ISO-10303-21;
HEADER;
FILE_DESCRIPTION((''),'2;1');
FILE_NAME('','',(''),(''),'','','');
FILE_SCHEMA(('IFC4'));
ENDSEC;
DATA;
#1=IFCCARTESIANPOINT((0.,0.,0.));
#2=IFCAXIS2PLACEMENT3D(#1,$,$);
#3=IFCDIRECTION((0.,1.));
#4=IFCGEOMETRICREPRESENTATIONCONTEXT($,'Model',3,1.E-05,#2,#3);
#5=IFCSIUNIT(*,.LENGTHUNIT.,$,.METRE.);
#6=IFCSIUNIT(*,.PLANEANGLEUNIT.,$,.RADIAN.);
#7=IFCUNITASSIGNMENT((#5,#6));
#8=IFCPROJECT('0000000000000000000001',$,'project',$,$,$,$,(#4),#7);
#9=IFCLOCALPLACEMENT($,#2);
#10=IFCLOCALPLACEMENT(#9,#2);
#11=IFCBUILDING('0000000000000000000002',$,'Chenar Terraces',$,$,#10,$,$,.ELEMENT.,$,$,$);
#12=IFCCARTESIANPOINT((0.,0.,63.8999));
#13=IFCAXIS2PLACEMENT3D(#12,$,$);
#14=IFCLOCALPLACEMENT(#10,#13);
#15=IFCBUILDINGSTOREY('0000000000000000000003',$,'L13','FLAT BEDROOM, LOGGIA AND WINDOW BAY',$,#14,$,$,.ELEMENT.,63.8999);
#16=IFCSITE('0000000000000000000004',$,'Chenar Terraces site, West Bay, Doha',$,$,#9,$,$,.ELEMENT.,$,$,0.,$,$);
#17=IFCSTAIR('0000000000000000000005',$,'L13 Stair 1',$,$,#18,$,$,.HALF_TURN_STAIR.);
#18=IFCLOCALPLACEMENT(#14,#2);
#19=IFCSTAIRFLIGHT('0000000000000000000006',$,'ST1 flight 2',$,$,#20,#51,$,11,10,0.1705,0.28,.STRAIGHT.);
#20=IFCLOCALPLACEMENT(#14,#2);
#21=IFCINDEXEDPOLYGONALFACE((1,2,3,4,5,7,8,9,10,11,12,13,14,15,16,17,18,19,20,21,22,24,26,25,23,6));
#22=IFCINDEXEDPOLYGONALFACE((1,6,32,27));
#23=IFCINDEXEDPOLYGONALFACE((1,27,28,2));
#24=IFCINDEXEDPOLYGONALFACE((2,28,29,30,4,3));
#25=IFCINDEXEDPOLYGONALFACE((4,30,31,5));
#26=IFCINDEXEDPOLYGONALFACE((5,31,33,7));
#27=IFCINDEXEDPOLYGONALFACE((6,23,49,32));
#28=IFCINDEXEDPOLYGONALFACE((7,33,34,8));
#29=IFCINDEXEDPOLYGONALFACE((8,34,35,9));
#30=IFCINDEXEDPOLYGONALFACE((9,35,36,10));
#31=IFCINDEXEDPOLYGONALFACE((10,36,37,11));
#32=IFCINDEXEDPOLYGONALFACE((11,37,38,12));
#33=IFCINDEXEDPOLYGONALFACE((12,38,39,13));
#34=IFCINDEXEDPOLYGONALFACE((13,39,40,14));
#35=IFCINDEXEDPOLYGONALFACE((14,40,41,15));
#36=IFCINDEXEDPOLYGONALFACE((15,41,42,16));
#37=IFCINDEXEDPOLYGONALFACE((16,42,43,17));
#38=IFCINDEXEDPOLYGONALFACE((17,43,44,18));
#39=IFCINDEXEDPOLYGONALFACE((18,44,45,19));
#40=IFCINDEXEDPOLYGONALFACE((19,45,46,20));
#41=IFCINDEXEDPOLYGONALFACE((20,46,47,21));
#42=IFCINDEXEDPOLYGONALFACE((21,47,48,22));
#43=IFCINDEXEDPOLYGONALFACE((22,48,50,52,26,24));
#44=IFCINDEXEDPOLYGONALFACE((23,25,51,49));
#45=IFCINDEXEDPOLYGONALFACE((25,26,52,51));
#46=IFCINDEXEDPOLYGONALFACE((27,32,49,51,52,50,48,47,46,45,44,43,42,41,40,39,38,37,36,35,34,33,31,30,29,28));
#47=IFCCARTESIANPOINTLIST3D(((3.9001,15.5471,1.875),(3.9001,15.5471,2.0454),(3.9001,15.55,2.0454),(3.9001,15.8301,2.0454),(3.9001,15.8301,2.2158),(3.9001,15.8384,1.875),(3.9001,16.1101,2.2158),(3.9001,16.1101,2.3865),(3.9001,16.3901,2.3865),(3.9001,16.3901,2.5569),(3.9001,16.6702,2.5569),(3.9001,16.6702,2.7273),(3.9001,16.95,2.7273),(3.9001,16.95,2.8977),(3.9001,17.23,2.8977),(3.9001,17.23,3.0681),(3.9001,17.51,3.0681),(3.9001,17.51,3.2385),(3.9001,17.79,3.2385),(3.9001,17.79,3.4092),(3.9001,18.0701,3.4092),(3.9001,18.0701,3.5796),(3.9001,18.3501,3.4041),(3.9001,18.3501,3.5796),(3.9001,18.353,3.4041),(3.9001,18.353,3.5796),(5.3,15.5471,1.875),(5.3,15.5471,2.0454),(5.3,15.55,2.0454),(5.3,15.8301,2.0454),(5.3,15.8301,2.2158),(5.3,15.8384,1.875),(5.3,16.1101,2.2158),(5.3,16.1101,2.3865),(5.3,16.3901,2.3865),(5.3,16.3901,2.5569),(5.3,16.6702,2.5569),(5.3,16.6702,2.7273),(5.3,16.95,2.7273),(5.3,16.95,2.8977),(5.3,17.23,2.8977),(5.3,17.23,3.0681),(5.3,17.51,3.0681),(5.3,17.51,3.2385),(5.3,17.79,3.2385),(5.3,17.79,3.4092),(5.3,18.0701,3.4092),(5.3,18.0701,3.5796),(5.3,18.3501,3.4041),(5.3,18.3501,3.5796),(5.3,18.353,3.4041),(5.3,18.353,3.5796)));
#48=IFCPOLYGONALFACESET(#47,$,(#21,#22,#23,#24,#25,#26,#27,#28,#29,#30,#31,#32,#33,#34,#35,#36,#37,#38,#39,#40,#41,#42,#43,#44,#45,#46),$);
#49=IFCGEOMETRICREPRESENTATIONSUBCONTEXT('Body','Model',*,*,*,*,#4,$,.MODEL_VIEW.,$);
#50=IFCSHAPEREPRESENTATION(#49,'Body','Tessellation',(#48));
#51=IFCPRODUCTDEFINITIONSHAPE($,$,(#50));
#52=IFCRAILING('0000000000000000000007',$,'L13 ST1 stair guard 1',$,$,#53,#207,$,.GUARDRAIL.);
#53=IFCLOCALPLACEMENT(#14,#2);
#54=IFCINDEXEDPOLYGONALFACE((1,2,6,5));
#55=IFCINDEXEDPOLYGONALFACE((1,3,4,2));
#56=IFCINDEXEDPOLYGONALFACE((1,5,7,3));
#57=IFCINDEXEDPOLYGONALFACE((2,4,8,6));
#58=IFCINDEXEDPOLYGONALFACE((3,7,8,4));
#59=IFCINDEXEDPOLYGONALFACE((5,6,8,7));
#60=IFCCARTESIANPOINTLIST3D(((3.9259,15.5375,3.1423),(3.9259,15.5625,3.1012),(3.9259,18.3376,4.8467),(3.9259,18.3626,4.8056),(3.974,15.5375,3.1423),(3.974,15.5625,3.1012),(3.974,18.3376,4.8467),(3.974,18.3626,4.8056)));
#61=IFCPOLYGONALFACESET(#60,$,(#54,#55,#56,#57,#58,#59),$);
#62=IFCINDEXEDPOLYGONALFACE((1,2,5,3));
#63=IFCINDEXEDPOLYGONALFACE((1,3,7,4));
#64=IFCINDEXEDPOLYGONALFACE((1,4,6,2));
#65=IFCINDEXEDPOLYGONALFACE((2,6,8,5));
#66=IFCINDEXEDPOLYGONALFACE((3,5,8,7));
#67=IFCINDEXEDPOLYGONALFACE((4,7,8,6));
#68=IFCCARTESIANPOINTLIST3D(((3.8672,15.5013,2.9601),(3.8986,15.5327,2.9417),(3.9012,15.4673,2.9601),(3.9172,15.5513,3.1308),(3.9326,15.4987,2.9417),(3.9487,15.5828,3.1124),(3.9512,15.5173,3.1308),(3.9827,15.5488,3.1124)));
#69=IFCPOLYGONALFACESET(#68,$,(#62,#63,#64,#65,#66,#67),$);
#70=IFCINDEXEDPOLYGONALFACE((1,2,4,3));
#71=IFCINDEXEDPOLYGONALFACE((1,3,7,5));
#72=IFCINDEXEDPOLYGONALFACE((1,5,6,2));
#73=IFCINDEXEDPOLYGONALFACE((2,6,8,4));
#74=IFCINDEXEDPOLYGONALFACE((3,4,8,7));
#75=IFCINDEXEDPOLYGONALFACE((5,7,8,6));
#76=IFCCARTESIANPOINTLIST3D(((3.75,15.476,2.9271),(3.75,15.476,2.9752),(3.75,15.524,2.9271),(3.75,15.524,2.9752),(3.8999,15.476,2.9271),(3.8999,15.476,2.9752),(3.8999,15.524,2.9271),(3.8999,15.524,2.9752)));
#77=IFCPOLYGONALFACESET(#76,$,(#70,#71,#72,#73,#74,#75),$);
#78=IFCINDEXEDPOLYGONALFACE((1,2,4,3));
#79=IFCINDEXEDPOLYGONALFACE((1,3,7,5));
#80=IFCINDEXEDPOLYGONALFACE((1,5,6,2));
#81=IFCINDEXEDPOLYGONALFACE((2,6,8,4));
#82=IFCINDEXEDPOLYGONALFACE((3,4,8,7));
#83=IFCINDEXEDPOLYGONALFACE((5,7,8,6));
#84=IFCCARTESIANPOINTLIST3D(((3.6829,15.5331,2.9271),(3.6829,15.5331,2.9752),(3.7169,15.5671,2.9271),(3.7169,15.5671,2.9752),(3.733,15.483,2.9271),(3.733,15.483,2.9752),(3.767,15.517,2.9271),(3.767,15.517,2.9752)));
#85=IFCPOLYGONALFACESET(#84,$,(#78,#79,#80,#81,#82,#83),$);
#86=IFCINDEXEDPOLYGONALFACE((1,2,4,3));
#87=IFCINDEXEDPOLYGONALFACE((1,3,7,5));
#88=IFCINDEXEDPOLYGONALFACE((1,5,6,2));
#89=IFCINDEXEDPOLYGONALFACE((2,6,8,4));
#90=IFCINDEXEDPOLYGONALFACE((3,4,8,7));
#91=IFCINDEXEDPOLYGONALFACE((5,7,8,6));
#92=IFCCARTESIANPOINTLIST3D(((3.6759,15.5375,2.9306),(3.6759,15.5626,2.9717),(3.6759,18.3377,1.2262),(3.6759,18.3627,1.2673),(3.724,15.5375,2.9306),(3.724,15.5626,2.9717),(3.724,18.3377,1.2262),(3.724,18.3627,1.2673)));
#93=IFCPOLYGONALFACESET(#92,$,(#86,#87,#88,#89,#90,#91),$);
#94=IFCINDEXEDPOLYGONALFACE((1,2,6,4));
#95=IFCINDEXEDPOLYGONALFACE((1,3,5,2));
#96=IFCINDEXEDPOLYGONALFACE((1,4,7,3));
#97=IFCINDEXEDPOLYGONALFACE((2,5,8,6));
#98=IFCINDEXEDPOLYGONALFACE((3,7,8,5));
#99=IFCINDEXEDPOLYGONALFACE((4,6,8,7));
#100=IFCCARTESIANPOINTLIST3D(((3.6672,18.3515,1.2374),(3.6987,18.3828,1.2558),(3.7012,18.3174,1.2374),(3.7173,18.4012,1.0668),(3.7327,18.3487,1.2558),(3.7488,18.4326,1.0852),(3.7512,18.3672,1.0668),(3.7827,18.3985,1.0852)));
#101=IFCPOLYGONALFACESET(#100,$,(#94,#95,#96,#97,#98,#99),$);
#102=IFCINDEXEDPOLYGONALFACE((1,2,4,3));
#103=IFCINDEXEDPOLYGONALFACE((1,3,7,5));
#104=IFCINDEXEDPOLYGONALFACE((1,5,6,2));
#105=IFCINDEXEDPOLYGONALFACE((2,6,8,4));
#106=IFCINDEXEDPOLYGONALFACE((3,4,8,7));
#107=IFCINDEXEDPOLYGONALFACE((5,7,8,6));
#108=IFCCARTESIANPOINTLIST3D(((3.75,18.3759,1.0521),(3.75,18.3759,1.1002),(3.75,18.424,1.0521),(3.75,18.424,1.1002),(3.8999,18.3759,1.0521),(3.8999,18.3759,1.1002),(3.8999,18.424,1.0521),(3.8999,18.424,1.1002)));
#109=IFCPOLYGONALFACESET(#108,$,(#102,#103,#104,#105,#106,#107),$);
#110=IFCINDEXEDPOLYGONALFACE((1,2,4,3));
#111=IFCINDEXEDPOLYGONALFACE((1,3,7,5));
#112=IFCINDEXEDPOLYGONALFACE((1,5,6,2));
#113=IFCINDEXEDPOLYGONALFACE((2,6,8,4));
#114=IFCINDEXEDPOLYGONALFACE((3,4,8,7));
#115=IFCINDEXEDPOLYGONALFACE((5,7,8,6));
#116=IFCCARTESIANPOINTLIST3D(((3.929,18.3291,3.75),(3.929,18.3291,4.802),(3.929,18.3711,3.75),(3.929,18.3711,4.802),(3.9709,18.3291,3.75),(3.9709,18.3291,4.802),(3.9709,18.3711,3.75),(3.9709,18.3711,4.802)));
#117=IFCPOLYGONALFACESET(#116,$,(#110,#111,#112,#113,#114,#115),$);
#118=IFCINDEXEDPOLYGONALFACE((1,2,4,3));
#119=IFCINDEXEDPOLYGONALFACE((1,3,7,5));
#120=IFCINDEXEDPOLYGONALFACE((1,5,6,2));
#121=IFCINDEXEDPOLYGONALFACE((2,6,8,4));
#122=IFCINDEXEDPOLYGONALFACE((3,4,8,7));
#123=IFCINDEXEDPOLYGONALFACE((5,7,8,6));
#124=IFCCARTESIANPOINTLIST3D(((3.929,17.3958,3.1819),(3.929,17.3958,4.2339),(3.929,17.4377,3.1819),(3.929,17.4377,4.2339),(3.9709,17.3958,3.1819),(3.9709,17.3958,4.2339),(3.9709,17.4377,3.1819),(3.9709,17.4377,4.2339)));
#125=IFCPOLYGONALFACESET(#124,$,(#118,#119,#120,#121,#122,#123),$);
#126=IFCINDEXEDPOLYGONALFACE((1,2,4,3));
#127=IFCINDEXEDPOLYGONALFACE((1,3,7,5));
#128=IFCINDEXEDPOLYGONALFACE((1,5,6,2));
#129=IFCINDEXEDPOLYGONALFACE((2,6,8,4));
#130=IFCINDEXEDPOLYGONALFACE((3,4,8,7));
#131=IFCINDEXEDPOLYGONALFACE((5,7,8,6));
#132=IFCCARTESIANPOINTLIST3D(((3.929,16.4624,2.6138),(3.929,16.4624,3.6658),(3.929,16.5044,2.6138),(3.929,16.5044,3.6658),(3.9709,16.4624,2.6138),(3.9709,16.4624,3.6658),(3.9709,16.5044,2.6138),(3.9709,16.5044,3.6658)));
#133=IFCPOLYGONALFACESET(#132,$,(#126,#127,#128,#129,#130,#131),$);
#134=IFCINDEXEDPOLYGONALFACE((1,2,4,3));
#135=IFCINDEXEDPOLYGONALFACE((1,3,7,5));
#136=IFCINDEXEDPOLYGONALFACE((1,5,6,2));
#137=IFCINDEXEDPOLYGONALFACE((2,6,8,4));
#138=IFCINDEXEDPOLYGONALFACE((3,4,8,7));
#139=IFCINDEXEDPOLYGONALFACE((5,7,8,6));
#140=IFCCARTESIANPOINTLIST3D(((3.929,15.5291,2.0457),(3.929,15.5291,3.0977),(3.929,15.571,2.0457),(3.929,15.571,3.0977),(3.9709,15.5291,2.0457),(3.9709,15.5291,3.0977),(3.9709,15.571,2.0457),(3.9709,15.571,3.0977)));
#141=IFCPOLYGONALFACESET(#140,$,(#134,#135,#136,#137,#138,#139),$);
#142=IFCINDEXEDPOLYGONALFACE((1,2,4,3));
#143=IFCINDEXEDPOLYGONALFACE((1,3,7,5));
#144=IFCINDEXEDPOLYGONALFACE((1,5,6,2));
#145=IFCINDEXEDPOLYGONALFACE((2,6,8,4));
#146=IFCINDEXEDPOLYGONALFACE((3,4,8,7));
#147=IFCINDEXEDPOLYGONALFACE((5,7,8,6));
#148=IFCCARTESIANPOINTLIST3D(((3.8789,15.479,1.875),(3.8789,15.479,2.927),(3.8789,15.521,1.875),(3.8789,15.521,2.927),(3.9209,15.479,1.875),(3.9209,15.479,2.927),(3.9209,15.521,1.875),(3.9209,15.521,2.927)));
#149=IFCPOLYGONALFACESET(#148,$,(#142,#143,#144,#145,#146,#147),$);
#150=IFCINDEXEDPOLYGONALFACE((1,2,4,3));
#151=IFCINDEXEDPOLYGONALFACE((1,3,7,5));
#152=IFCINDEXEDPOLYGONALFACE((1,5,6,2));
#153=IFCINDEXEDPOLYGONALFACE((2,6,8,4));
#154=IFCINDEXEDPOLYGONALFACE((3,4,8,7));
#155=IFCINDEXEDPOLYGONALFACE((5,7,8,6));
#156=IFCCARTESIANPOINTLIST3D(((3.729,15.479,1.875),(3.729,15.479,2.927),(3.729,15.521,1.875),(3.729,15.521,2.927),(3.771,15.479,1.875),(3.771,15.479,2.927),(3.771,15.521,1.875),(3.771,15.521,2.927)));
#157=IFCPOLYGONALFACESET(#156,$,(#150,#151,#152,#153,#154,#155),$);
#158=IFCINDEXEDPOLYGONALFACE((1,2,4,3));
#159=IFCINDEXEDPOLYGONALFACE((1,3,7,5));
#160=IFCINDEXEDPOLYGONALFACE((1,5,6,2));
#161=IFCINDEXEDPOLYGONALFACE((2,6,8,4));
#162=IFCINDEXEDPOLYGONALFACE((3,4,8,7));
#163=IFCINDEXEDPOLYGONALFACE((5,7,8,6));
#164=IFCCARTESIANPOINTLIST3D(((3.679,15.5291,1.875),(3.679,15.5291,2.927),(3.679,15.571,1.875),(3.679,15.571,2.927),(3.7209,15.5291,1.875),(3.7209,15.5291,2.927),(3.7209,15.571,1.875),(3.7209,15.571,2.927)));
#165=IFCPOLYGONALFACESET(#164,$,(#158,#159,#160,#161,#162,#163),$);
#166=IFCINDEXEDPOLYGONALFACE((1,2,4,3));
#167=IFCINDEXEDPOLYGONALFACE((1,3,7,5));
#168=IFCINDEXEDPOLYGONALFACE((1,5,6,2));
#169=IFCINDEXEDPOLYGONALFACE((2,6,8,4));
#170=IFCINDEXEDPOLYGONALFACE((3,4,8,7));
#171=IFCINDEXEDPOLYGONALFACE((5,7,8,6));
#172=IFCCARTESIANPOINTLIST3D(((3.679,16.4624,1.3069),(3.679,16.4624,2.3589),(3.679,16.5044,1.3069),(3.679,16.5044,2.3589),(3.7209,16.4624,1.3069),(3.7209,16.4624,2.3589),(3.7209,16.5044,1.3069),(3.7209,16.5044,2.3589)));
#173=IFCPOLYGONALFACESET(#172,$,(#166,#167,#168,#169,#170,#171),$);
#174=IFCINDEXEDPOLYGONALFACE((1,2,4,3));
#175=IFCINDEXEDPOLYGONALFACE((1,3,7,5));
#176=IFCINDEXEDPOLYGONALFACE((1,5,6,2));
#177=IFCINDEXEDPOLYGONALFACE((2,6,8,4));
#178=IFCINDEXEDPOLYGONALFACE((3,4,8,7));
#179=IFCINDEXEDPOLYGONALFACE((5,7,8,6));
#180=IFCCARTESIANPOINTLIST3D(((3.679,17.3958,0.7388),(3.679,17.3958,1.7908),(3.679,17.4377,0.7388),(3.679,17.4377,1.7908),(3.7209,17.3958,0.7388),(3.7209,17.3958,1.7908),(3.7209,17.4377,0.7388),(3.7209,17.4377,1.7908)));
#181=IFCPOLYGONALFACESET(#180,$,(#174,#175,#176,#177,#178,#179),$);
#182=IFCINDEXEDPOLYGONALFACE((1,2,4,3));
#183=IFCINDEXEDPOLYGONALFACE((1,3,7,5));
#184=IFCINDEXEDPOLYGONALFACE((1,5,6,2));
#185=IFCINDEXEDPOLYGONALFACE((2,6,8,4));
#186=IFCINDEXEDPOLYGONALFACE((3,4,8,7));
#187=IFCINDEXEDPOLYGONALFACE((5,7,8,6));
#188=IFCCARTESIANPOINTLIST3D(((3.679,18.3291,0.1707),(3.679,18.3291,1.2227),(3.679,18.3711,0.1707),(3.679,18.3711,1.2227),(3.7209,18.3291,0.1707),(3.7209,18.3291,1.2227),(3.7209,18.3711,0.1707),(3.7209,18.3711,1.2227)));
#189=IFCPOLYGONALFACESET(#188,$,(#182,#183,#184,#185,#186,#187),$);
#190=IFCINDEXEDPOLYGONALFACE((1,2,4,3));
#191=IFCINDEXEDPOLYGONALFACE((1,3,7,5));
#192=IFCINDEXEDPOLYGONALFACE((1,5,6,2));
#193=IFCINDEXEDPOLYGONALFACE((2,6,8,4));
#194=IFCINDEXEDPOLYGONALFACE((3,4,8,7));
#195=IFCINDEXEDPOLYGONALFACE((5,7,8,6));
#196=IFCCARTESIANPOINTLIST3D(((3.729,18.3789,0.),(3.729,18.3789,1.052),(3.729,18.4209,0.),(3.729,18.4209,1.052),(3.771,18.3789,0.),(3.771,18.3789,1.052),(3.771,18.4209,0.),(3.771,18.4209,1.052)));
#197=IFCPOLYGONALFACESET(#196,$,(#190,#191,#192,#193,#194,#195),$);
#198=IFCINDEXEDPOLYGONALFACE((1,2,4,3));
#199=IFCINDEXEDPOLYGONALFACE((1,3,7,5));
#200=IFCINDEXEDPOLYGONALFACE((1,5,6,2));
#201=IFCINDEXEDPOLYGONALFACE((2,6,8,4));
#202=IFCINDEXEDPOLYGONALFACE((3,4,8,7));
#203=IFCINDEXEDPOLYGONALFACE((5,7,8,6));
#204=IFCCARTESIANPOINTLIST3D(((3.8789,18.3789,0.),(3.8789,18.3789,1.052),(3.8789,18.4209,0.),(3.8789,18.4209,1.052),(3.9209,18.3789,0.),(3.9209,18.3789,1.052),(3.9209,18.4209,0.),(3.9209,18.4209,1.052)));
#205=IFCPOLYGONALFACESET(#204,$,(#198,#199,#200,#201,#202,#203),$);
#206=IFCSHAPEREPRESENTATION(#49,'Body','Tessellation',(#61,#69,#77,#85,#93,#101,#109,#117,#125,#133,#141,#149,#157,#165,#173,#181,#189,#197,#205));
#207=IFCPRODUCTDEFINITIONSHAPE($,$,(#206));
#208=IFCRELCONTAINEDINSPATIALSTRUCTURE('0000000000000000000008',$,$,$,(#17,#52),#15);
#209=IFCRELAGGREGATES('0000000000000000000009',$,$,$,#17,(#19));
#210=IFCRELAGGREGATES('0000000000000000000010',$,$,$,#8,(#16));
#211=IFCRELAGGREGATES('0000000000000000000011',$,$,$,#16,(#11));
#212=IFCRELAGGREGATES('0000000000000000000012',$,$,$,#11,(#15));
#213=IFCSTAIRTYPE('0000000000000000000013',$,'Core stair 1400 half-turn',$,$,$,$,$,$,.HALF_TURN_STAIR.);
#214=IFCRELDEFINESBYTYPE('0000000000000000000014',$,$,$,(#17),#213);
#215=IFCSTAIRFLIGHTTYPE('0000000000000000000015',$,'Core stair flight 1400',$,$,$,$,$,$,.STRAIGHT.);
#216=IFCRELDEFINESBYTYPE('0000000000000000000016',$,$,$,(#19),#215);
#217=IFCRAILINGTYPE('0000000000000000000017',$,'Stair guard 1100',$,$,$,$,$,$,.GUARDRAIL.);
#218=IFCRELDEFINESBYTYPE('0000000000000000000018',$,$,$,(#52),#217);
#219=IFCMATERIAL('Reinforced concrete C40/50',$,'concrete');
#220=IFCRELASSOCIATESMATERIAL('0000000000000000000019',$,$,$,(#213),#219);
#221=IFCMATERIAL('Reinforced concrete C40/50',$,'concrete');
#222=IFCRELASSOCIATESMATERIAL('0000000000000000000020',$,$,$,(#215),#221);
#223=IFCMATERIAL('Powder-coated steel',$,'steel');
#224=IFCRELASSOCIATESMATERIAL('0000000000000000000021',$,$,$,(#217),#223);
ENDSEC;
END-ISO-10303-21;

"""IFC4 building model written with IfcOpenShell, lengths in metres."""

from ifc_helpers import new_model, si_unit, direction, frame, origin, origin_2d, place, context, subcontext, project, spatial, polyline, rectangle, outline, extrude, material, type_object, element, aggregate, save


model = new_model("IFC4")

# Units and contexts
model_context = context("Model", 3, precision=1e-05, world=origin(), true_north=direction((0.0, 1.0)))
body_context = subcontext(model_context, "Body", "Model", "MODEL_VIEW")
ifc_project = project(units=[si_unit("LENGTHUNIT", "METRE"), si_unit("PLANEANGLEUNIT", "RADIAN")], contexts=[model_context])

# Site, building, storey
site_placement = place(None, origin())
site = spatial("IfcSite", under=ifc_project, at=site_placement, Name="Chenar Terraces site, West Bay, Doha", CompositionType="ELEMENT", RefElevation=0.0)
building_placement = place(site_placement, origin())
building = spatial("IfcBuilding", under=site, at=building_placement, Name="Chenar Terraces", CompositionType="ELEMENT")
storey_placement = place(building_placement, frame((0.0, 0.0, 63.8999)))
storey = spatial("IfcBuildingStorey", under=building, at=storey_placement, Name="L13", Description="FLAT BEDROOM, LOGGIA AND WINDOW BAY", CompositionType="ELEMENT", Elevation=63.8999)

# Stair, stair flight
ifc_material_1 = material(Name="Reinforced concrete C40/50", Category="concrete")
stair_type = type_object("IfcStairType", Name="Core stair 1400 half-turn", PredefinedType="HALF_TURN_STAIR", material=ifc_material_1)
stair_placement = place(storey_placement, origin())
stair = element("IfcStair", 1, at=stair_placement, inside=storey, type_object=stair_type, Name="L13 Stair 1", PredefinedType="HALF_TURN_STAIR")
ifc_material_2 = material(Name="Reinforced concrete C40/50", Category="concrete")
stair_flight_type = type_object("IfcStairFlightType", Name="Core stair flight 1400", PredefinedType="STRAIGHT", material=ifc_material_2)
stair_flight_1_placement = place(storey_placement, frame((4.6001, 15.55, 1.875), z_axis=(0.0, 0.0, 1.0), x_axis=(0.0, 1.0, 0.0)))
stair_flight_1 = element("IfcStairFlight", 2, at=stair_flight_1_placement, type_object=stair_flight_type, Name="ST1 flight 2", NumberOfRisers=11, NumberOfTreads=10, PredefinedType="STRAIGHT", RiserHeight=0.1705, TreadLength=0.28, context=body_context, shape_type="SweptSolid", body=[
    extrude(outline(polyline([(-0.0029, 0.0), (-0.0029, 0.1704), (0.0, 0.1704), (0.28, 0.1704), (0.28, 0.3408), (0.5601, 0.3408), (0.5601, 0.5115), (0.8401, 0.5115), (0.8401, 0.6819), (1.1201, 0.6819), (1.1201, 0.8523), (1.3999, 0.8523), (1.3999, 1.0227), (1.6799, 1.0227), (1.6799, 1.1931), (1.96, 1.1931), (1.96, 1.3635), (2.24, 1.3635), (2.24, 1.5342), (2.52, 1.5342), (2.52, 1.7046), (2.8, 1.7046), (2.803, 1.7046), (2.803, 1.5291), (2.8, 1.5291), (0.2883, 0.0), (-0.0029, 0.0)])), frame((0.0, 0.7, 0.0), z_axis=(0.0, -1.0, 0.0), x_axis=(1.0, 0.0, 0.0)), (0.0, 0.0, 1.0), 1.3999),
])
aggregate(stair, [stair_flight_1])

# Railing
ifc_material_3 = material(Name="Powder-coated steel", Category="steel")
railing_type_1 = type_object("IfcRailingType", Name="Stair guard 1100", PredefinedType="GUARDRAIL", material=ifc_material_3)
railing_1_placement = place(storey_placement, frame((3.95, 18.3501, 3.75)))
element("IfcRailing", 3, at=railing_1_placement, inside=storey, type_object=railing_type_1, Name="L13 ST1 stair guard 1", PredefinedType="GUARDRAIL", context=body_context, shape_type="SweptSolid", body=[
    extrude(rectangle(XDim=0.0481, YDim=0.0481, at=origin_2d()), frame((0.0, 0.0, 1.0762), z_axis=(0.0, -0.854203, -0.51994), x_axis=(1.0, 0.0, 0.0)), (0.0, 0.0, 1.0), 3.2781),
    extrude(rectangle(XDim=0.0481, YDim=0.0481, at=origin_2d()), frame((0.0, -2.8, -0.6284), z_axis=(-0.2709, -0.2709, -0.923703), x_axis=(0.707107, -0.707107, 0.0)), (0.0, 0.0, 1.0), 0.1848),
    extrude(rectangle(XDim=0.0481, YDim=0.0481, at=origin_2d()), frame((-0.05, -2.8501, -0.7988), z_axis=(-1.0, 0.0, 0.0), x_axis=(0.0, -1.0, 0.0)), (0.0, 0.0, 1.0), 0.1499),
    extrude(rectangle(XDim=0.0481, YDim=0.0481, at=origin_2d()), frame((-0.2, -2.8501, -0.7988), z_axis=(-0.707107, 0.707107, 0.0), x_axis=(-0.707107, -0.707107, 0.0)), (0.0, 0.0, 1.0), 0.0708),
    extrude(rectangle(XDim=0.0481, YDim=0.0481, at=origin_2d()), frame((-0.25, -2.8, -0.7988), z_axis=(0.0, 0.854203, -0.51994), x_axis=(-1.0, 0.0, 0.0)), (0.0, 0.0, 1.0), 3.2781),
    extrude(rectangle(XDim=0.0481, YDim=0.0481, at=origin_2d()), frame((-0.25, 0.0, -2.5034), z_axis=(0.270997, 0.269675, -0.924033), x_axis=(-0.705376, 0.708834, 0.0)), (0.0, 0.0, 1.0), 0.1846),
    extrude(rectangle(XDim=0.0481, YDim=0.0481, at=origin_2d()), frame((-0.2, 0.0498, -2.6738), z_axis=(1.0, 0.0, 0.0), x_axis=(0.0, 1.0, 0.0)), (0.0, 0.0, 1.0), 0.1499),
    extrude(rectangle(XDim=0.042, YDim=0.042, at=origin_2d()), origin(), (0.0, 0.0, 1.0), 1.052),
    extrude(rectangle(XDim=0.042, YDim=0.042, at=origin_2d()), frame((0.0, -0.9333, -0.5681)), (0.0, 0.0, 1.0), 1.052),
    extrude(rectangle(XDim=0.042, YDim=0.042, at=origin_2d()), frame((0.0, -1.8667, -1.1362)), (0.0, 0.0, 1.0), 1.052),
    extrude(rectangle(XDim=0.042, YDim=0.042, at=origin_2d()), frame((0.0, -2.8, -1.7043)), (0.0, 0.0, 1.0), 1.052),
    extrude(rectangle(XDim=0.042, YDim=0.042, at=origin_2d()), frame((-0.05, -2.8501, -1.875)), (0.0, 0.0, 1.0), 1.052),
    extrude(rectangle(XDim=0.042, YDim=0.042, at=origin_2d()), frame((-0.2, -2.8501, -1.875)), (0.0, 0.0, 1.0), 1.052),
    extrude(rectangle(XDim=0.042, YDim=0.042, at=origin_2d()), frame((-0.25, -2.8, -1.875)), (0.0, 0.0, 1.0), 1.052),
    extrude(rectangle(XDim=0.042, YDim=0.042, at=origin_2d()), frame((-0.25, -1.8667, -2.4431)), (0.0, 0.0, 1.0), 1.052),
    extrude(rectangle(XDim=0.042, YDim=0.042, at=origin_2d()), frame((-0.25, -0.9333, -3.0112)), (0.0, 0.0, 1.0), 1.052),
    extrude(rectangle(XDim=0.042, YDim=0.042, at=origin_2d()), frame((-0.25, 0.0, -3.5793)), (0.0, 0.0, 1.0), 1.052),
    extrude(rectangle(XDim=0.042, YDim=0.042, at=origin_2d()), frame((-0.2, 0.0498, -3.75)), (0.0, 0.0, 1.0), 1.052),
    extrude(rectangle(XDim=0.042, YDim=0.042, at=origin_2d()), frame((-0.05, 0.0498, -3.75)), (0.0, 0.0, 1.0), 1.052),
])

save(model, "model.ifc")
